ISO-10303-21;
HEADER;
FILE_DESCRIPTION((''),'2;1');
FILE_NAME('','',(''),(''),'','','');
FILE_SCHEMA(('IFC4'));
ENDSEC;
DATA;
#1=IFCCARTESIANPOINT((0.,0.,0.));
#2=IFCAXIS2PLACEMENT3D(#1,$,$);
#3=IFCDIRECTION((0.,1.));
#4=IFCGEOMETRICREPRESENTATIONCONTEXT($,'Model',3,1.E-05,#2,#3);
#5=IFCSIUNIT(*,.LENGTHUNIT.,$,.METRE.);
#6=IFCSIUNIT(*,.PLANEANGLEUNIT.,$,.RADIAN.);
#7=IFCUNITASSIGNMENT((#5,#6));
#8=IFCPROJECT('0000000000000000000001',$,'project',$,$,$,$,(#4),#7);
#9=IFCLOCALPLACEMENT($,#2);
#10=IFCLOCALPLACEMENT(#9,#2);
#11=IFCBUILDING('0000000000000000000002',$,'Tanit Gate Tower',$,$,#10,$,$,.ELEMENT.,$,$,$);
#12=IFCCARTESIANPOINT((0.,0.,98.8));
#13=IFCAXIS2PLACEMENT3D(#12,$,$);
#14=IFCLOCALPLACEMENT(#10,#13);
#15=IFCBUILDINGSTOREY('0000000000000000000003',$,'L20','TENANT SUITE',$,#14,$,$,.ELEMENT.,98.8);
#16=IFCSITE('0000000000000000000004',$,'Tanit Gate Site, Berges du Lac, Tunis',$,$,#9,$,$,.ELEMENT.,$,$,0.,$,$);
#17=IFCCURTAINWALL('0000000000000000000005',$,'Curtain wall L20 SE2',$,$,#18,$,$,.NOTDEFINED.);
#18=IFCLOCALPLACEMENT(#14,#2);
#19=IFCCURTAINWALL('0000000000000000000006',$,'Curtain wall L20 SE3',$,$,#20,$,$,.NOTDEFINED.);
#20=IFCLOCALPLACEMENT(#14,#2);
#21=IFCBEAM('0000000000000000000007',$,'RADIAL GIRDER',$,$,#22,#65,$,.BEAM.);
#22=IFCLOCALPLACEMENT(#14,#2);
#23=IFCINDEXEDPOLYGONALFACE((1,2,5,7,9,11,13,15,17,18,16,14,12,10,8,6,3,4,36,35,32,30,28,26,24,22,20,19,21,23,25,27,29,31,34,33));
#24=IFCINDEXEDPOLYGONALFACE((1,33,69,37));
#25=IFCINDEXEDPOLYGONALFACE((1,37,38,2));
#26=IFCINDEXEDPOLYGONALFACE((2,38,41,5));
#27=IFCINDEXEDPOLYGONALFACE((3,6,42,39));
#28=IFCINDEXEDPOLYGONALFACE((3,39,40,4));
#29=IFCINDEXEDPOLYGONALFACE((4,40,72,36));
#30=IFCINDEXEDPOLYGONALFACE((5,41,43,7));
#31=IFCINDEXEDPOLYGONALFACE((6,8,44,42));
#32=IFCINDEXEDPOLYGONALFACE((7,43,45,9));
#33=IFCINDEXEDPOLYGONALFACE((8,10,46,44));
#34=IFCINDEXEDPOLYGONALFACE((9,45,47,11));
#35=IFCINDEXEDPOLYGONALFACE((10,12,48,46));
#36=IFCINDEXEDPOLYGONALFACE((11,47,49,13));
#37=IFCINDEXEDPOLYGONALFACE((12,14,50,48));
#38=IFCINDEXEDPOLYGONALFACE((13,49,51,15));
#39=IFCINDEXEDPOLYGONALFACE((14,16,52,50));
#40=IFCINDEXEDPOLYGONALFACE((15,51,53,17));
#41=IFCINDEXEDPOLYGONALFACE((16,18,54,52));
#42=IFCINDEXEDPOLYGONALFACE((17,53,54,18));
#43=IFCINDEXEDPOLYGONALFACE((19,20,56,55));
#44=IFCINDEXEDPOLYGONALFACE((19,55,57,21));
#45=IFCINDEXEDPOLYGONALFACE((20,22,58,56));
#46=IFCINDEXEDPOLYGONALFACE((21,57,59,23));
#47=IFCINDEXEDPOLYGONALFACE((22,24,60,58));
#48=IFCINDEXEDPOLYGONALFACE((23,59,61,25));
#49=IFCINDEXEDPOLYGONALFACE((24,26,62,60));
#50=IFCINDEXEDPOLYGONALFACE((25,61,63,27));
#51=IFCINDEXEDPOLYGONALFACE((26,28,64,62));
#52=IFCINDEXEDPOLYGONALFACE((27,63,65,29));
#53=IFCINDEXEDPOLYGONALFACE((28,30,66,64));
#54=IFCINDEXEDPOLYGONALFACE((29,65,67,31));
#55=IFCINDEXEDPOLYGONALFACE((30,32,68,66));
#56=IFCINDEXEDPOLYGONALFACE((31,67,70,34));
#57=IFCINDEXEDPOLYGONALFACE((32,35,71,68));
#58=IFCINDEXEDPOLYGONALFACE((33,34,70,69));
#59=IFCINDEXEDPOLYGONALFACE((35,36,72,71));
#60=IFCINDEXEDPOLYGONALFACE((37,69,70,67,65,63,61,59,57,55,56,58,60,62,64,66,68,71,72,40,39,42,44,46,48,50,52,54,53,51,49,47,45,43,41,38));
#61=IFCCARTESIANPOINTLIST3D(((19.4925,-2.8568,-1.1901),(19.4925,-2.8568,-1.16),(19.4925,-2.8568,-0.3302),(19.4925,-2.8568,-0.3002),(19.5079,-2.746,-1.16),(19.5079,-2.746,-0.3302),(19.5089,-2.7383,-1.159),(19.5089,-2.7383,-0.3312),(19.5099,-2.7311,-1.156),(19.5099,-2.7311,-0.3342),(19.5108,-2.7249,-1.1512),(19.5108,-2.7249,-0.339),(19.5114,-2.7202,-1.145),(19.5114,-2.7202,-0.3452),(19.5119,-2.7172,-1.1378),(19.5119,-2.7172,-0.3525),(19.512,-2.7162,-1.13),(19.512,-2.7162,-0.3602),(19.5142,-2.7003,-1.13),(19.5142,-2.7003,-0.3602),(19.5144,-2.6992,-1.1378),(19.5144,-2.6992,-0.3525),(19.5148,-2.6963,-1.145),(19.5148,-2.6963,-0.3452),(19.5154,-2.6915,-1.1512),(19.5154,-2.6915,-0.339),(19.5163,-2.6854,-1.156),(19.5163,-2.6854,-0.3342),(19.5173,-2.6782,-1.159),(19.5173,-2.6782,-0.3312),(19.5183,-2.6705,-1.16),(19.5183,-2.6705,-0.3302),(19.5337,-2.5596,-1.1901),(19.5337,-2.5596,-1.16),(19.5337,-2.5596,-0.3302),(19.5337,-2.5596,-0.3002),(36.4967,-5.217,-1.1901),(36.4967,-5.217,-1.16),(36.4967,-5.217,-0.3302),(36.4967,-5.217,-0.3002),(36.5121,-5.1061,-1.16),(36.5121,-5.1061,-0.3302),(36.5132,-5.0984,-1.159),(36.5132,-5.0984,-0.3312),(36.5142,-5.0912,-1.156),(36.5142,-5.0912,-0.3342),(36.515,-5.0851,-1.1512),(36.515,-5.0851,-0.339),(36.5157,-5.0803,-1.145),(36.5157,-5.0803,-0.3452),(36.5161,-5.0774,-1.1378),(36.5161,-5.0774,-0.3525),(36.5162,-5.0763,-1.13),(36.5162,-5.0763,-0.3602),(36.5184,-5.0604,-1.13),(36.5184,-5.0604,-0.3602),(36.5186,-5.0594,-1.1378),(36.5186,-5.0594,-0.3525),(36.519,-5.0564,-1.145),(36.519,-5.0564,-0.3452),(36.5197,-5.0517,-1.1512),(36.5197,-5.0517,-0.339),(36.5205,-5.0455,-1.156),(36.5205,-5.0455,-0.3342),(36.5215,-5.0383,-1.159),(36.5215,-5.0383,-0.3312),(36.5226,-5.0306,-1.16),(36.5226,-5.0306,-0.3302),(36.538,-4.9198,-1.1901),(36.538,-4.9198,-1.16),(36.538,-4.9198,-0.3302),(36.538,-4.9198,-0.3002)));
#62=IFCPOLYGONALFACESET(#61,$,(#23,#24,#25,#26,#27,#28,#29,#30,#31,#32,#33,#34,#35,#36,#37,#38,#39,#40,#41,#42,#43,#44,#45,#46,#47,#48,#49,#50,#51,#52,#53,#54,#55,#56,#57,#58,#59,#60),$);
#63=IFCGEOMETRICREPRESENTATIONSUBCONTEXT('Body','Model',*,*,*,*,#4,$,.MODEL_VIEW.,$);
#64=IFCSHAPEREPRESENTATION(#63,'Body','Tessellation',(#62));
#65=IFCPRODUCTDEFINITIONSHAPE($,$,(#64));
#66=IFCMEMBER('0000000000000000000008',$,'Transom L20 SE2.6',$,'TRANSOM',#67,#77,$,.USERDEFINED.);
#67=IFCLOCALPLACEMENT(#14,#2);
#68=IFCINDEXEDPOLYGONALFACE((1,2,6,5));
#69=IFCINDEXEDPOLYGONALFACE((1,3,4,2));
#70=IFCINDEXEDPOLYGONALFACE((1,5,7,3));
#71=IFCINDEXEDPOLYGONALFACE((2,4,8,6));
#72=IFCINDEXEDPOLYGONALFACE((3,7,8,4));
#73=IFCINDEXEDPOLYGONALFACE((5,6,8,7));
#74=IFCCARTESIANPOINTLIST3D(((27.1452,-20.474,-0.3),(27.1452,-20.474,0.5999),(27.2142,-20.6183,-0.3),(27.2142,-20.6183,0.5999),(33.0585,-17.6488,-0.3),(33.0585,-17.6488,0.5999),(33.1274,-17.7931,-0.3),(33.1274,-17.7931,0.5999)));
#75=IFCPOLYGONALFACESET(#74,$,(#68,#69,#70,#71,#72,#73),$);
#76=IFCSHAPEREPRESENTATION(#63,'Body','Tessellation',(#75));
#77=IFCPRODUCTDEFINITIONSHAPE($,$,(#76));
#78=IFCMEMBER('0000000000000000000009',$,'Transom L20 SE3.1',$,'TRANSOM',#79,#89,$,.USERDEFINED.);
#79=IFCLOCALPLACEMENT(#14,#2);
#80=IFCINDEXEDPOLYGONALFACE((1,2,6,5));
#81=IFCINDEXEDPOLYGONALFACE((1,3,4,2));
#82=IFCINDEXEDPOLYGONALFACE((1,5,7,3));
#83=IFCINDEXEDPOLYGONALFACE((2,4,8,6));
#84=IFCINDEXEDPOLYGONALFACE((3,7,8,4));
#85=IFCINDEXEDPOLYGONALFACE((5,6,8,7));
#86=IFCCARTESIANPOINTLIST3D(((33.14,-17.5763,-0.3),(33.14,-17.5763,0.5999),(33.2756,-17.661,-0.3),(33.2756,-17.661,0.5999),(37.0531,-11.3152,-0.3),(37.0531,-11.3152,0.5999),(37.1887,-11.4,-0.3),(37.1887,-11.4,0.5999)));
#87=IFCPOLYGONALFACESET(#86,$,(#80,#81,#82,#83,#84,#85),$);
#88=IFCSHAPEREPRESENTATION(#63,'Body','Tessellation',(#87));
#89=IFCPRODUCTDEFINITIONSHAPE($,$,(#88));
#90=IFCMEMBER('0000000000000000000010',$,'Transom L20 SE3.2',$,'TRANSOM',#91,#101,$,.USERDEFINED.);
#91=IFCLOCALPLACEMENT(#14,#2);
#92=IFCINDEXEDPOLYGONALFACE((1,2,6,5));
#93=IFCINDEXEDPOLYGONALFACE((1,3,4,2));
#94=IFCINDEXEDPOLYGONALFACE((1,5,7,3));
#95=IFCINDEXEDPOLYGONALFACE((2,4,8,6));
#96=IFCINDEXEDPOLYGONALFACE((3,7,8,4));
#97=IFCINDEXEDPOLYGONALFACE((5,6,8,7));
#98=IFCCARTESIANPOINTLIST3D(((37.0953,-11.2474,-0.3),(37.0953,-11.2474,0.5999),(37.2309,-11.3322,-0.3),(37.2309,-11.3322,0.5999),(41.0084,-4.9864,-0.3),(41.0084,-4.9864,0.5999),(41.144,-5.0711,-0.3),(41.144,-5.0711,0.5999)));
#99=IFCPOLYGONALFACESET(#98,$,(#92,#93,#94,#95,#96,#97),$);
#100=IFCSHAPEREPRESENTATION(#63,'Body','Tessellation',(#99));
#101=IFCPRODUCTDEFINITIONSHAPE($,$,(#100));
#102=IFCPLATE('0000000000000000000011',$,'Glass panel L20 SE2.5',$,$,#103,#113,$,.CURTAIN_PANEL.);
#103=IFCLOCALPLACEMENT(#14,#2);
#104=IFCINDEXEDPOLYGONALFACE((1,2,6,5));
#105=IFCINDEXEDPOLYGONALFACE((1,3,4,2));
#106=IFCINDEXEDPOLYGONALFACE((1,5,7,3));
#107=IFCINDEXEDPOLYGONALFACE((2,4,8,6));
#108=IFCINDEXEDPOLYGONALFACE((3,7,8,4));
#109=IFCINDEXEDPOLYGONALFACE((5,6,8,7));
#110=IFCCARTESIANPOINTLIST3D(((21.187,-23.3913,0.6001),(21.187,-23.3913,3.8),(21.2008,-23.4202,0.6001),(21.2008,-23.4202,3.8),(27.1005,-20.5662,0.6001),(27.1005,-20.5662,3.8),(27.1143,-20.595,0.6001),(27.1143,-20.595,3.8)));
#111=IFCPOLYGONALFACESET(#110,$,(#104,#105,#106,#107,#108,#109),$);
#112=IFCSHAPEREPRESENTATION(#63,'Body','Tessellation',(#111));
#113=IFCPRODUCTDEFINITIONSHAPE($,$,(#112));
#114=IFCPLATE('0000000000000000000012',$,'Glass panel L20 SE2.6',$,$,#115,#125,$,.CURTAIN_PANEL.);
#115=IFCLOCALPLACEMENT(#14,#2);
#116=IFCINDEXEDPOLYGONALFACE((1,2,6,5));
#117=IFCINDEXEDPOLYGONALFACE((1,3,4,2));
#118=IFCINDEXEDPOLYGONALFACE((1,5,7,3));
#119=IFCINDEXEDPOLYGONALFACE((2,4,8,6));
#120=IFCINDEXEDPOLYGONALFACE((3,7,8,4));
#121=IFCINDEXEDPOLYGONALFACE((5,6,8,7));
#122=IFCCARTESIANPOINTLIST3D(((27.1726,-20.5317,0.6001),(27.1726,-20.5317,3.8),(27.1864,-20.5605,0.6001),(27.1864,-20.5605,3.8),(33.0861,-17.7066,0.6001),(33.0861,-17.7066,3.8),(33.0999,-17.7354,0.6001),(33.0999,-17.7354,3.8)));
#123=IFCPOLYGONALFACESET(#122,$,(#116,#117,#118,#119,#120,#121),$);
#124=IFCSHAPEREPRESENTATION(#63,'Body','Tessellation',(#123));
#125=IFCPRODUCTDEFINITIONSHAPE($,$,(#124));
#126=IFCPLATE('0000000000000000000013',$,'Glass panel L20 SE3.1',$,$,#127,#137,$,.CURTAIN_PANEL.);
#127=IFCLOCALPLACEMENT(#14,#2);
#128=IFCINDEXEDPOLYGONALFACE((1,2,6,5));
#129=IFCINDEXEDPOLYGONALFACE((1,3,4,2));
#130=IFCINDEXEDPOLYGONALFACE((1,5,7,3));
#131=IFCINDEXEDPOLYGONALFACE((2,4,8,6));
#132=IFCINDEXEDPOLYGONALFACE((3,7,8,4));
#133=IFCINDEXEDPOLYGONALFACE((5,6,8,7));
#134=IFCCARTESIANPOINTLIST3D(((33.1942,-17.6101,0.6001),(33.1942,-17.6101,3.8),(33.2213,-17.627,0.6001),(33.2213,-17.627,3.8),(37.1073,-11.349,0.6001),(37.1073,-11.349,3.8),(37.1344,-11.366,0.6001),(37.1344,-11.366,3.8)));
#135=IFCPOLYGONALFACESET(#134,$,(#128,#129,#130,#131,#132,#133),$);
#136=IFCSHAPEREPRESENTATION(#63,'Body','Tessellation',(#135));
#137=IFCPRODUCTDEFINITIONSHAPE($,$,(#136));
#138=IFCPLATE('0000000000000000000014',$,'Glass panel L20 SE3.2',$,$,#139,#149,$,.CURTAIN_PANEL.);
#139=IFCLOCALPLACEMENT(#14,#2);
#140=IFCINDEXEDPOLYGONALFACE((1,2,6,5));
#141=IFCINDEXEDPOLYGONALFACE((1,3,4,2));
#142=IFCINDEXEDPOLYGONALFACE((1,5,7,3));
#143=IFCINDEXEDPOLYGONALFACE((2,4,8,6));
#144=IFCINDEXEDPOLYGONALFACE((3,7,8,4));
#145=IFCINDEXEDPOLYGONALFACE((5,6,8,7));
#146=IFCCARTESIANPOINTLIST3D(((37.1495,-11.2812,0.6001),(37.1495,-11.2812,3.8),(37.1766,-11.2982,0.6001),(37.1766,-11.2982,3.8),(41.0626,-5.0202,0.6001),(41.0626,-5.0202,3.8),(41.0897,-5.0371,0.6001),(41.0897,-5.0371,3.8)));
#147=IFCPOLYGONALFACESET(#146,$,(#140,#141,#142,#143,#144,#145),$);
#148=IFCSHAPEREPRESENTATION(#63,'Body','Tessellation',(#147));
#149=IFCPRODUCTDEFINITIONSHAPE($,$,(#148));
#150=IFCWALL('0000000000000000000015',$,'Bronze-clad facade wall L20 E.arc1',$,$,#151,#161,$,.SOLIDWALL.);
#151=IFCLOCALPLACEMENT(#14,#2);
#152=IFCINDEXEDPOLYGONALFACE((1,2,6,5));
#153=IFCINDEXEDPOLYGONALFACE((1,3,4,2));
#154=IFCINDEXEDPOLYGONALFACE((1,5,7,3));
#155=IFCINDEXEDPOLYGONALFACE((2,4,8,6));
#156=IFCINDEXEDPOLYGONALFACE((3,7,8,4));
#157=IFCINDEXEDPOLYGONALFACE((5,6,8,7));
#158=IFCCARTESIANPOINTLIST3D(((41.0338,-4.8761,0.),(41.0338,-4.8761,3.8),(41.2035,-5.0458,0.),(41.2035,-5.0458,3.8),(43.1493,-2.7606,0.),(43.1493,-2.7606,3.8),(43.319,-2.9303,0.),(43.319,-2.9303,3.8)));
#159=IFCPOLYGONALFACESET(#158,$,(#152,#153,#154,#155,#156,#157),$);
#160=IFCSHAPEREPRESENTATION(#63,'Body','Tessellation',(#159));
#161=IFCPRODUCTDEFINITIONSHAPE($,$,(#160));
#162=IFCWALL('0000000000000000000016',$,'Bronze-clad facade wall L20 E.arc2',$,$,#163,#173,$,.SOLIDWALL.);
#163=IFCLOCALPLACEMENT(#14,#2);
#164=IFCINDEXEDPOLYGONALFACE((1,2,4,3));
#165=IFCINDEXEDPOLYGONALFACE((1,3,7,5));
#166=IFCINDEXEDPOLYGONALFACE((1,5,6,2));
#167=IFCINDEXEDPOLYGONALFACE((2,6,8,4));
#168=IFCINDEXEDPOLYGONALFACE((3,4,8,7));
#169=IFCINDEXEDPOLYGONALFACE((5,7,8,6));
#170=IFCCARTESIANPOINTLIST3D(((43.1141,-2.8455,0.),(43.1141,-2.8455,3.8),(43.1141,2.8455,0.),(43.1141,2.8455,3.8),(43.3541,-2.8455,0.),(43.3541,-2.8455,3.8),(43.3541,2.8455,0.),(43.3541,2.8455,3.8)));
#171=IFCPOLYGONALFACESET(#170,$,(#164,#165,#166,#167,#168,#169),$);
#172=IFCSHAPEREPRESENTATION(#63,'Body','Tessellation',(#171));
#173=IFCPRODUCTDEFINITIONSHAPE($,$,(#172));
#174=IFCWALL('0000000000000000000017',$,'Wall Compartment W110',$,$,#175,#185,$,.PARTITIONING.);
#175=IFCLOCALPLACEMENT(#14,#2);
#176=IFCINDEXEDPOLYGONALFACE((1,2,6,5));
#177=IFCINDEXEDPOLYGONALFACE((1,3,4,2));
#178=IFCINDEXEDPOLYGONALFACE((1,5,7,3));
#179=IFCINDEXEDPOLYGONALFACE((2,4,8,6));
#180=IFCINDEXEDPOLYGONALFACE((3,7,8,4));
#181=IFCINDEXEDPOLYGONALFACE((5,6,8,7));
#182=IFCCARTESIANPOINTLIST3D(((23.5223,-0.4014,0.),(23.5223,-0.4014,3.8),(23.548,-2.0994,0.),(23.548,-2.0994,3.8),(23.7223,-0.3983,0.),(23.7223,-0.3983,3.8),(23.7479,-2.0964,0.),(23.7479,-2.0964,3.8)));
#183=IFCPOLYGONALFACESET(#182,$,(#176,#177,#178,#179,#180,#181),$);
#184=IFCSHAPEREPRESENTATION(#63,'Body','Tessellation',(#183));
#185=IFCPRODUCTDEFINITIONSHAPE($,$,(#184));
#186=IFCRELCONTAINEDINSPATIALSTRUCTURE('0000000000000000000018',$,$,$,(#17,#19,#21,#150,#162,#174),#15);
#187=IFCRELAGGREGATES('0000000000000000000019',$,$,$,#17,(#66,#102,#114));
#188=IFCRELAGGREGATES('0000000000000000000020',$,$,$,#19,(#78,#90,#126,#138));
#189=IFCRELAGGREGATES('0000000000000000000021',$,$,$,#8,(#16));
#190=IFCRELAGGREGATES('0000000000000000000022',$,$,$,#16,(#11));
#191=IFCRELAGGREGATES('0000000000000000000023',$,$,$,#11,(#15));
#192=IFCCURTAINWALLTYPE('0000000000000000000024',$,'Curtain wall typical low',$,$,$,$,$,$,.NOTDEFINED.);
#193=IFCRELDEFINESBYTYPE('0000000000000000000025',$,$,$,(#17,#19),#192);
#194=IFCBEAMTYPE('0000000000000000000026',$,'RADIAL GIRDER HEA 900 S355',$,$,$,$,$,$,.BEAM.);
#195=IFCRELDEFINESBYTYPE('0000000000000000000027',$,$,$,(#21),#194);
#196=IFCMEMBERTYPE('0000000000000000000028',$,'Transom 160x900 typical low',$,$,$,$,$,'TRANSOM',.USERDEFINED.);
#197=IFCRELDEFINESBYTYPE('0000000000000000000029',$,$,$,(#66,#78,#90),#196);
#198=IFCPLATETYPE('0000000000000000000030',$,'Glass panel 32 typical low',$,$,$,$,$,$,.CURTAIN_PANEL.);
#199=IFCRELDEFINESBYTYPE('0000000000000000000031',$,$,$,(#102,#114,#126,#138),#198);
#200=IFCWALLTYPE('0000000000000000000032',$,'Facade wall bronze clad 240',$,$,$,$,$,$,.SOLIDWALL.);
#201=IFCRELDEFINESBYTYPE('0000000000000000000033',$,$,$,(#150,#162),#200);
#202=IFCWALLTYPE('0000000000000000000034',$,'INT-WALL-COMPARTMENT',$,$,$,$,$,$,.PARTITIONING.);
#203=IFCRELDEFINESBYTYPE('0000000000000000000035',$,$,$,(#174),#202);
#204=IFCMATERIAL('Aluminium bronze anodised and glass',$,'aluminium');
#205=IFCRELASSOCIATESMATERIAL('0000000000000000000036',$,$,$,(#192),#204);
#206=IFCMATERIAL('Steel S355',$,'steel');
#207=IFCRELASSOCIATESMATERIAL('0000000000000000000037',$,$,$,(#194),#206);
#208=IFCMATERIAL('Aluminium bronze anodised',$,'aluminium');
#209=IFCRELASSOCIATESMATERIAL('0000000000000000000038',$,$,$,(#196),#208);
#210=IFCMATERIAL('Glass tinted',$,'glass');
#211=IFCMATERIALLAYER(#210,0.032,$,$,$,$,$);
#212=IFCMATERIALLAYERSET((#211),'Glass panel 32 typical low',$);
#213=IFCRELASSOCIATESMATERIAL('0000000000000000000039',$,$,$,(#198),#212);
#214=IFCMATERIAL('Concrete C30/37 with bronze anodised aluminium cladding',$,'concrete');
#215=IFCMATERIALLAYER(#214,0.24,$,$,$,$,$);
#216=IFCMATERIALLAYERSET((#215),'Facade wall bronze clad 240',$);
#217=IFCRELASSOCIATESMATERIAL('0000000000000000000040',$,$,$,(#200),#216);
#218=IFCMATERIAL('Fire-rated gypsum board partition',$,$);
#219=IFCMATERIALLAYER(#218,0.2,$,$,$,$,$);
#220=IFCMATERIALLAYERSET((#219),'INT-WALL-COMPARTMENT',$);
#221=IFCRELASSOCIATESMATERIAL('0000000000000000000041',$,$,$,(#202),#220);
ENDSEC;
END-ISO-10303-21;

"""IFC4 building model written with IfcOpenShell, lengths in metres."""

from ifc_helpers import new_model, si_unit, direction, frame, frame_2d, origin, origin_2d, place, context, subcontext, project, spatial, rectangle, i_section, extrude, material, layer, layer_set, material_profile, profile_set, type_object, element, aggregate, save


model = new_model("IFC4")

# Units and contexts
model_context = context("Model", 3, precision=1e-05, world=origin(), true_north=direction((0.0, 1.0)))
body_context = subcontext(model_context, "Body", "Model", "MODEL_VIEW")
ifc_project = project(units=[si_unit("LENGTHUNIT", "METRE"), si_unit("PLANEANGLEUNIT", "RADIAN")], contexts=[model_context])

# Site, building, storey
site_placement = place(None, origin())
site = spatial("IfcSite", under=ifc_project, at=site_placement, Name="Tanit Gate Site, Berges du Lac, Tunis", CompositionType="ELEMENT", RefElevation=0.0)
building_placement = place(site_placement, origin())
building = spatial("IfcBuilding", under=site, at=building_placement, Name="Tanit Gate Tower", CompositionType="ELEMENT")
storey_placement = place(building_placement, frame((0.0, 0.0, 98.8)))
storey = spatial("IfcBuildingStorey", under=building, at=storey_placement, Name="L20", Description="TENANT SUITE", CompositionType="ELEMENT", Elevation=98.8)

# Curtain wall
ifc_material_1 = material(Name="Aluminium bronze anodised and glass", Category="aluminium")
curtain_wall_type = type_object("IfcCurtainWallType", Name="Curtain wall typical low", PredefinedType="NOTDEFINED", material=ifc_material_1)
curtain_wall_1_placement = place(storey_placement, origin())
curtain_wall_1 = element("IfcCurtainWall", 1, at=curtain_wall_1_placement, inside=storey, type_object=curtain_wall_type, Name="Curtain wall L20 SE2", PredefinedType="NOTDEFINED")

# Curtain wall
curtain_wall_2_placement = place(storey_placement, origin())
curtain_wall_2 = element("IfcCurtainWall", 2, at=curtain_wall_2_placement, inside=storey, type_object=curtain_wall_type, Name="Curtain wall L20 SE3", PredefinedType="NOTDEFINED")

# Beam
ifc_material_2 = material(Name="Steel S355", Category="steel")
ifc_material_profile_1 = material_profile(ifc_material_2, i_section(OverallWidth=0.3, OverallDepth=0.8899, WebThickness=0.0161, FlangeThickness=0.03, FilletRadius=0.03, at=origin_2d()), Name="HEA 900")
ifc_profile_set_1 = profile_set([ifc_material_profile_1], Name="Steel S355")
beam_type_1 = type_object("IfcBeamType", Name="RADIAL GIRDER HEA 900 S355", PredefinedType="BEAM", material=ifc_profile_set_1)
beam_1_placement = place(storey_placement, frame((36.5173, -5.0684, -0.7451), z_axis=(-0.990505, 0.137478, 0.0), x_axis=(-0.137478, -0.990505, 0.0)))
element("IfcBeam", 3, at=beam_1_placement, inside=storey, type_object=beam_type_1, Name="RADIAL GIRDER", PredefinedType="BEAM", context=body_context, shape_type="SweptSolid", body=[
    extrude(i_section(OverallWidth=0.3, OverallDepth=0.8899, WebThickness=0.0161, FlangeThickness=0.03, FilletRadius=0.03, at=origin_2d()), origin(), (0.0, 0.0, 1.0), 17.1672),
])

# Members
ifc_material_3 = material(Name="Aluminium bronze anodised", Category="aluminium")
ifc_material_profile_2 = material_profile(ifc_material_3, rectangle(XDim=0.1599, YDim=0.8999, at=origin_2d()), Name="160x900 bronze transom")
ifc_profile_set_2 = profile_set([ifc_material_profile_2], Name="Aluminium bronze anodised")
member_type_1 = type_object("IfcMemberType", Name="Transom 160x900 typical low", ElementType="TRANSOM", PredefinedType="USERDEFINED", material=ifc_profile_set_2)
member_1_placement = place(storey_placement, frame((27.1797, -20.5461, 0.1499), z_axis=(0.902308, 0.431093, 0.0), x_axis=(-0.431093, 0.902308, 0.0)))
member_1 = element("IfcMember", 4, at=member_1_placement, type_object=member_type_1, Name="Transom L20 SE2.6", ObjectType="TRANSOM", PredefinedType="USERDEFINED", context=body_context, shape_type="SweptSolid", body=[
    extrude(rectangle(XDim=0.1599, YDim=0.8999, at=origin_2d()), origin(), (0.0, 0.0, 1.0), 6.5535),
])
member_2_placement = place(storey_placement, frame((33.2078, -17.6187, 0.1499), z_axis=(0.529996, 0.848, 0.0), x_axis=(-0.848, 0.529996, 0.0)))
member_2 = element("IfcMember", 5, at=member_2_placement, type_object=member_type_1, Name="Transom L20 SE3.1", ObjectType="TRANSOM", PredefinedType="USERDEFINED", context=body_context, shape_type="SweptSolid", body=[
    extrude(rectangle(XDim=0.1599, YDim=0.8999, at=origin_2d()), origin(), (0.0, 0.0, 1.0), 7.3833),
])
member_3_placement = place(storey_placement, frame((37.1631, -11.2898, 0.1499), z_axis=(0.529996, 0.848, 0.0), x_axis=(-0.848, 0.529996, 0.0)))
member_3 = element("IfcMember", 6, at=member_3_placement, type_object=member_type_1, Name="Transom L20 SE3.2", ObjectType="TRANSOM", PredefinedType="USERDEFINED", context=body_context, shape_type="SweptSolid", body=[
    extrude(rectangle(XDim=0.1599, YDim=0.8999, at=origin_2d()), origin(), (0.0, 0.0, 1.0), 7.3833),
])

# Plates
ifc_material_4 = material(Name="Glass tinted", Category="glass")
ifc_layer_1 = layer(ifc_material_4, 0.032)
ifc_layer_set_1 = layer_set([ifc_layer_1], Name="Glass panel 32 typical low")
plate_type = type_object("IfcPlateType", Name="Glass panel 32 typical low", PredefinedType="CURTAIN_PANEL", material=ifc_layer_set_1)
plate_1_placement = place(storey_placement, frame((24.1506, -21.9932, 0.6001), z_axis=(0.0, 0.0, 1.0), x_axis=(0.902317, 0.431073, 0.0)))
plate_1 = element("IfcPlate", 7, at=plate_1_placement, type_object=plate_type, Name="Glass panel L20 SE2.5", PredefinedType="CURTAIN_PANEL", context=body_context, shape_type="SweptSolid", body=[
    extrude(rectangle(XDim=6.5537, YDim=0.032, at=origin_2d()), origin(), (0.0, 0.0, 1.0), 3.2),
])
plate_2_placement = place(storey_placement, frame((30.1362, -19.1335, 0.6001), z_axis=(0.0, 0.0, 1.0), x_axis=(0.902317, 0.431073, 0.0)))
plate_2 = element("IfcPlate", 8, at=plate_2_placement, type_object=plate_type, Name="Glass panel L20 SE2.6", PredefinedType="CURTAIN_PANEL", context=body_context, shape_type="SweptSolid", body=[
    extrude(rectangle(XDim=6.5537, YDim=0.032, at=origin_2d()), origin(), (0.0, 0.0, 1.0), 3.2),
])
aggregate(curtain_wall_1, [member_1, plate_1, plate_2])
plate_3_placement = place(storey_placement, frame((35.1643, -14.488, 0.6001), z_axis=(0.0, 0.0, 1.0), x_axis=(0.529992, 0.848003, 0.0)))
plate_3 = element("IfcPlate", 9, at=plate_3_placement, type_object=plate_type, Name="Glass panel L20 SE3.1", PredefinedType="CURTAIN_PANEL", context=body_context, shape_type="SweptSolid", body=[
    extrude(rectangle(XDim=7.3833, YDim=0.032, at=origin_2d()), origin(), (0.0, 0.0, 1.0), 3.2),
])
plate_4_placement = place(storey_placement, frame((39.1196, -8.1592, 0.6001), z_axis=(0.0, 0.0, 1.0), x_axis=(0.529992, 0.848003, 0.0)))
plate_4 = element("IfcPlate", 10, at=plate_4_placement, type_object=plate_type, Name="Glass panel L20 SE3.2", PredefinedType="CURTAIN_PANEL", context=body_context, shape_type="SweptSolid", body=[
    extrude(rectangle(XDim=7.3833, YDim=0.032, at=origin_2d()), origin(), (0.0, 0.0, 1.0), 3.2),
])
aggregate(curtain_wall_2, [member_2, member_3, plate_3, plate_4])

# Walls
ifc_material_5 = material(Name="Concrete C30/37 with bronze anodised aluminium cladding", Category="concrete")
ifc_layer_2 = layer(ifc_material_5, 0.24)
ifc_layer_set_2 = layer_set([ifc_layer_2], Name="Facade wall bronze clad 240")
wall_type_1 = type_object("IfcWallType", Name="Facade wall bronze clad 240", PredefinedType="SOLIDWALL", material=ifc_layer_set_2)
wall_1_placement = place(storey_placement, frame((41.1187, -4.9609, 0.0), z_axis=(0.0, 0.0, 1.0), x_axis=(0.707107, 0.707107, 0.0)))
element("IfcWall", 11, at=wall_1_placement, inside=storey, type_object=wall_type_1, Name="Bronze-clad facade wall L20 E.arc1", PredefinedType="SOLIDWALL", context=body_context, shape_type="SweptSolid", body=[
    extrude(rectangle(XDim=2.9917, YDim=0.24, at=frame_2d((1.4958, 0.0))), origin(), (0.0, 0.0, 1.0), 3.8),
])
wall_2_placement = place(storey_placement, frame((43.2341, -2.8455, 0.0), z_axis=(0.0, 0.0, 1.0), x_axis=(0.0, 1.0, 0.0)))
element("IfcWall", 12, at=wall_2_placement, inside=storey, type_object=wall_type_1, Name="Bronze-clad facade wall L20 E.arc2", PredefinedType="SOLIDWALL", context=body_context, shape_type="SweptSolid", body=[
    extrude(rectangle(XDim=5.6909, YDim=0.24, at=frame_2d((2.8455, 0.0))), origin(), (0.0, 0.0, 1.0), 3.8),
])
ifc_material_6 = material(Name="Fire-rated gypsum board partition")
ifc_layer_3 = layer(ifc_material_6, 0.2)
ifc_layer_set_3 = layer_set([ifc_layer_3], Name="INT-WALL-COMPARTMENT")
wall_type_2 = type_object("IfcWallType", Name="INT-WALL-COMPARTMENT", PredefinedType="PARTITIONING", material=ifc_layer_set_3)
wall_3_placement = place(storey_placement, frame((23.6479, -2.0979, 0.0), z_axis=(0.0, 0.0, 1.0), x_axis=(-0.015095, 0.999886, 0.0)))
element("IfcWall", 13, at=wall_3_placement, inside=storey, type_object=wall_type_2, Name="Wall Compartment W110", PredefinedType="PARTITIONING", context=body_context, shape_type="SweptSolid", body=[
    extrude(rectangle(XDim=1.6982, YDim=0.2, at=frame_2d((0.8491, 0.0))), origin(), (0.0, 0.0, 1.0), 3.8),
])

save(model, "model.ifc")
